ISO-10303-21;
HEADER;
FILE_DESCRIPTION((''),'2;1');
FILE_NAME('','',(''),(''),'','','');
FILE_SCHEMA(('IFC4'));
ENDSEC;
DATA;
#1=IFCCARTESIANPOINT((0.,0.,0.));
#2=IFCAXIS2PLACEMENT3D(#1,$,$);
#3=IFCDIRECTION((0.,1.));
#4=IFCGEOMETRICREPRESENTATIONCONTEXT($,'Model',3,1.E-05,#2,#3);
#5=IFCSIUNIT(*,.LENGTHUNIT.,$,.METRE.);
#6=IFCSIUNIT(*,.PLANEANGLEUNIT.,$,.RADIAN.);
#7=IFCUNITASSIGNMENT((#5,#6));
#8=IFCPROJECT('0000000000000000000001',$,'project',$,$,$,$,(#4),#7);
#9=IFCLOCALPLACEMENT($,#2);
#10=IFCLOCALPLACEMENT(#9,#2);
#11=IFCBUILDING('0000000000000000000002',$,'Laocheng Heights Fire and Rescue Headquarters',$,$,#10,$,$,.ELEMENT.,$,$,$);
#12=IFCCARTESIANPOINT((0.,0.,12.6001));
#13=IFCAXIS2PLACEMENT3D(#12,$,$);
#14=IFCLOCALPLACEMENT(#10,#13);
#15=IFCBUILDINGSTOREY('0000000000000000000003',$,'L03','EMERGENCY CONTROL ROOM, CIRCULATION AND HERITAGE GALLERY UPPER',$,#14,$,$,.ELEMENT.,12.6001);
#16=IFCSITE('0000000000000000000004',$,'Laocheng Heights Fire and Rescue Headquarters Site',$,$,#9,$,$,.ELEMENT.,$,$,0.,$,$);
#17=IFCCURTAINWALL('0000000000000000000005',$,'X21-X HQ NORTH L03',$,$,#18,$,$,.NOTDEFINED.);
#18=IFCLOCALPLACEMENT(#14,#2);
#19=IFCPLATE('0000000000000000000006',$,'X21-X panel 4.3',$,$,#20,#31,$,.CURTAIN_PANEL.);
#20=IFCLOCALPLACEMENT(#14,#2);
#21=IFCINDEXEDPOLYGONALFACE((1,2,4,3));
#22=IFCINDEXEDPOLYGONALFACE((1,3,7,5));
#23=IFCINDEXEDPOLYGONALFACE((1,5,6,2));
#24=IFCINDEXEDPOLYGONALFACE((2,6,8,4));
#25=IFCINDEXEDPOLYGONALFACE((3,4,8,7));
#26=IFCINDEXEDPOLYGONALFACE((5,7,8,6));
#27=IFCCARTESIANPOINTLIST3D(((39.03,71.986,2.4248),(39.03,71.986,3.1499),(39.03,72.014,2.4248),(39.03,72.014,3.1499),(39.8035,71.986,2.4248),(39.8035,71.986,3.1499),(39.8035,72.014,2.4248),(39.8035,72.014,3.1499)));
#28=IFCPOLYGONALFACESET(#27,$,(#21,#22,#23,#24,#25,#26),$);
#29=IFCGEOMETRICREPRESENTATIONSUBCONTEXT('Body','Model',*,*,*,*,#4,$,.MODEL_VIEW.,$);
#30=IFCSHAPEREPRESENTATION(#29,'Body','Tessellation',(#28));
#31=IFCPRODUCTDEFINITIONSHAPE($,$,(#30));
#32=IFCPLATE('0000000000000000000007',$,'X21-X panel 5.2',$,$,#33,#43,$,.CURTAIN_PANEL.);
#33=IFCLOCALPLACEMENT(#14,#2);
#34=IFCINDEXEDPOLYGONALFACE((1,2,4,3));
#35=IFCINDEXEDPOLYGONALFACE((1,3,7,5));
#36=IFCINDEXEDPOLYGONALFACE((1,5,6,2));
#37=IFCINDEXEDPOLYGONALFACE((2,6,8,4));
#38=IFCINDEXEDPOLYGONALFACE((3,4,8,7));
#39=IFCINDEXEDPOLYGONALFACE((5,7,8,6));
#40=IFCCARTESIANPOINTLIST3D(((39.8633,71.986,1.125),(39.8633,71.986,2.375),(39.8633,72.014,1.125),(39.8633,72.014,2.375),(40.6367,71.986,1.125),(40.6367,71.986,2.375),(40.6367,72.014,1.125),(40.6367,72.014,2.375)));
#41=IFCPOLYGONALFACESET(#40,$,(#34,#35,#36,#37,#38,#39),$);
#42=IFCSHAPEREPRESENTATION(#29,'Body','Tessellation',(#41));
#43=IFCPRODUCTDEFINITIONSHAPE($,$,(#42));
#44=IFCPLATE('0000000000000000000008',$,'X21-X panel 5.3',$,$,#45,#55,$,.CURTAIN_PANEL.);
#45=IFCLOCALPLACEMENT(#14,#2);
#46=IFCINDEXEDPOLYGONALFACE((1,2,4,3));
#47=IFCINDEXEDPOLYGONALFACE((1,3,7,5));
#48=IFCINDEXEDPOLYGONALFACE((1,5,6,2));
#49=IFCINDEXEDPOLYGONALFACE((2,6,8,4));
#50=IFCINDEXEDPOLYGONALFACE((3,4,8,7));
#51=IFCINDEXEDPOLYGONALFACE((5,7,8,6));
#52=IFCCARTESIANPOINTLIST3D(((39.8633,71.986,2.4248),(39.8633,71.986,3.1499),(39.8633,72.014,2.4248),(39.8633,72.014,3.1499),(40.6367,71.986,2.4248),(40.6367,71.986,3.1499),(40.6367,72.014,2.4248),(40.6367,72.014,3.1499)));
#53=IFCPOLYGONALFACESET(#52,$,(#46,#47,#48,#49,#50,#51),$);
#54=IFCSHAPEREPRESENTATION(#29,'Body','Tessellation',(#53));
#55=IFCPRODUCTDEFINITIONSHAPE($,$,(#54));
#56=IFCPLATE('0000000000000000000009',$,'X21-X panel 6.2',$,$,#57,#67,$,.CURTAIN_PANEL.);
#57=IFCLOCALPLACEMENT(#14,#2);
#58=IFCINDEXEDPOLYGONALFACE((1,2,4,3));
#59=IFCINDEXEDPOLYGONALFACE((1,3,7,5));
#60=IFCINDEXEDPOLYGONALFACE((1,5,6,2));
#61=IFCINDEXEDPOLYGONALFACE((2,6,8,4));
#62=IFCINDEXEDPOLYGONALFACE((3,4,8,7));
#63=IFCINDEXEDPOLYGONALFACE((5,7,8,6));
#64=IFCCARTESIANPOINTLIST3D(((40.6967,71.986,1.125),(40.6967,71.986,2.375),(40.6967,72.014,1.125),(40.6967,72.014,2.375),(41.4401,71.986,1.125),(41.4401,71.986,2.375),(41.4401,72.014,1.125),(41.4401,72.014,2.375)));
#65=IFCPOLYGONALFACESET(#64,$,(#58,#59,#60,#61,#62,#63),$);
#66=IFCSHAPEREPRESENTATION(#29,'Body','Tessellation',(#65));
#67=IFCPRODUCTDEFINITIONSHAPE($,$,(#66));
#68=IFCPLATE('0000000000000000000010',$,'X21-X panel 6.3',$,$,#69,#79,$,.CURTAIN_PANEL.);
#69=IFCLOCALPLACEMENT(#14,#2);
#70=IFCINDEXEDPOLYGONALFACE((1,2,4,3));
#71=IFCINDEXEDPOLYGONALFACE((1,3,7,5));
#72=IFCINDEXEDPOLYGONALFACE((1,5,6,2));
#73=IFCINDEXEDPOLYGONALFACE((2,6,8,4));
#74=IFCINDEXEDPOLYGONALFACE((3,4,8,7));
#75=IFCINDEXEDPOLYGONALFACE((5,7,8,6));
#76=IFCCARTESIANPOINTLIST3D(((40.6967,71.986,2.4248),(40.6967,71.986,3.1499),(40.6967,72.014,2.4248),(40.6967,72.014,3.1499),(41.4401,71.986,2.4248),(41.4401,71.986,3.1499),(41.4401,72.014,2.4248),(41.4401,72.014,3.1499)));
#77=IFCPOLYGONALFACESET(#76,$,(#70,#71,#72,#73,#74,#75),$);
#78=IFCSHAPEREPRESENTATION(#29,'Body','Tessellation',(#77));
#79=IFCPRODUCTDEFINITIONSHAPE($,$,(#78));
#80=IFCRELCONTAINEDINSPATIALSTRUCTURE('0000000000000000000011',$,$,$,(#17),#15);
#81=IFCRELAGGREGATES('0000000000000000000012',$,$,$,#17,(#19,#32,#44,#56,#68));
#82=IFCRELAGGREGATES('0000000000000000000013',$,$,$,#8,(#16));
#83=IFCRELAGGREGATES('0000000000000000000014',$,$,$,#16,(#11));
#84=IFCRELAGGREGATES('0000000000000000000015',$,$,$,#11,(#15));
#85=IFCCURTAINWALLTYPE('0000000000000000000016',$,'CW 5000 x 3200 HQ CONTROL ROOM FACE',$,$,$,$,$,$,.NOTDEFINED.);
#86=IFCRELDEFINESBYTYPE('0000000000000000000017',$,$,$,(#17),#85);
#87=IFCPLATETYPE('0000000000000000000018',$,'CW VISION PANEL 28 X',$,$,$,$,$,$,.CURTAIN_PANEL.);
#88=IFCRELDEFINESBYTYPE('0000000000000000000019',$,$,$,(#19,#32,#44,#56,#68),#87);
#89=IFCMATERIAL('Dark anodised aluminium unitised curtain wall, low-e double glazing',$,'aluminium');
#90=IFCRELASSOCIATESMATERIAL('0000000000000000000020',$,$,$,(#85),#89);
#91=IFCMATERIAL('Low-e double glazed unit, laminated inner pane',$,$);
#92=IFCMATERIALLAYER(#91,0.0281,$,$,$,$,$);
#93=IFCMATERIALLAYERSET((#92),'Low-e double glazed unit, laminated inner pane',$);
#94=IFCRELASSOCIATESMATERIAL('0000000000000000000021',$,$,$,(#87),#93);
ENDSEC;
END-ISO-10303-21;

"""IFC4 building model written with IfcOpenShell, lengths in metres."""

from ifc_helpers import new_model, si_unit, direction, frame, origin, origin_2d, place, context, subcontext, project, spatial, rectangle, extrude, material, layer, layer_set, type_object, element, aggregate, save


model = new_model("IFC4")

# Units and contexts
model_context = context("Model", 3, precision=1e-05, world=origin(), true_north=direction((0.0, 1.0)))
body_context = subcontext(model_context, "Body", "Model", "MODEL_VIEW")
ifc_project = project(units=[si_unit("LENGTHUNIT", "METRE"), si_unit("PLANEANGLEUNIT", "RADIAN")], contexts=[model_context])

# Site, building, storey
site_placement = place(None, origin())
site = spatial("IfcSite", under=ifc_project, at=site_placement, Name="Laocheng Heights Fire and Rescue Headquarters Site", CompositionType="ELEMENT", RefElevation=0.0)
building_placement = place(site_placement, origin())
building = spatial("IfcBuilding", under=site, at=building_placement, Name="Laocheng Heights Fire and Rescue Headquarters", CompositionType="ELEMENT")
storey_placement = place(building_placement, frame((0.0, 0.0, 12.6001)))
storey = spatial("IfcBuildingStorey", under=building, at=storey_placement, Name="L03", Description="EMERGENCY CONTROL ROOM, CIRCULATION AND HERITAGE GALLERY UPPER", CompositionType="ELEMENT", Elevation=12.6001)

# Curtain wall
ifc_material_1 = material(Name="Dark anodised aluminium unitised curtain wall, low-e double glazing", Category="aluminium")
curtain_wall_type = type_object("IfcCurtainWallType", Name="CW 5000 x 3200 HQ CONTROL ROOM FACE", PredefinedType="NOTDEFINED", material=ifc_material_1)
curtain_wall_1_placement = place(storey_placement, origin())
curtain_wall_1 = element("IfcCurtainWall", 1, at=curtain_wall_1_placement, inside=storey, type_object=curtain_wall_type, Name="X21-X HQ NORTH L03", PredefinedType="NOTDEFINED")

# Plates
ifc_material_2 = material(Name="Low-e double glazed unit, laminated inner pane")
ifc_layer_1 = layer(ifc_material_2, 0.0281)
ifc_layer_set_1 = layer_set([ifc_layer_1], Name="Low-e double glazed unit, laminated inner pane")
plate_type_1 = type_object("IfcPlateType", Name="CW VISION PANEL 28 X", PredefinedType="CURTAIN_PANEL", material=ifc_layer_set_1)
plate_1_placement = place(storey_placement, frame((39.4167, 72.0, 2.4248), z_axis=(0.0, 0.0, 1.0), x_axis=(1.0, 0.0, 0.0)))
plate_1 = element("IfcPlate", 2, at=plate_1_placement, type_object=plate_type_1, Name="X21-X panel 4.3", PredefinedType="CURTAIN_PANEL", context=body_context, shape_type="SweptSolid", body=[
    extrude(rectangle(XDim=0.7734, YDim=0.0281, at=origin_2d()), origin(), (0.0, 0.0, 1.0), 0.7251),
])
plate_2_placement = place(storey_placement, frame((40.25, 72.0, 1.125), z_axis=(0.0, 0.0, 1.0), x_axis=(1.0, 0.0, 0.0)))
plate_2 = element("IfcPlate", 3, at=plate_2_placement, type_object=plate_type_1, Name="X21-X panel 5.2", PredefinedType="CURTAIN_PANEL", context=body_context, shape_type="SweptSolid", body=[
    extrude(rectangle(XDim=0.7734, YDim=0.0281, at=origin_2d()), origin(), (0.0, 0.0, 1.0), 1.25),
])
plate_3_placement = place(storey_placement, frame((40.25, 72.0, 2.4248), z_axis=(0.0, 0.0, 1.0), x_axis=(1.0, 0.0, 0.0)))
plate_3 = element("IfcPlate", 4, at=plate_3_placement, type_object=plate_type_1, Name="X21-X panel 5.3", PredefinedType="CURTAIN_PANEL", context=body_context, shape_type="SweptSolid", body=[
    extrude(rectangle(XDim=0.7734, YDim=0.0281, at=origin_2d()), origin(), (0.0, 0.0, 1.0), 0.7251),
])
plate_4_placement = place(storey_placement, frame((41.0684, 72.0, 1.125), z_axis=(0.0, 0.0, 1.0), x_axis=(1.0, 0.0, 0.0)))
plate_4 = element("IfcPlate", 5, at=plate_4_placement, type_object=plate_type_1, Name="X21-X panel 6.2", PredefinedType="CURTAIN_PANEL", context=body_context, shape_type="SweptSolid", body=[
    extrude(rectangle(XDim=0.7434, YDim=0.0281, at=origin_2d()), origin(), (0.0, 0.0, 1.0), 1.25),
])
plate_5_placement = place(storey_placement, frame((41.0684, 72.0, 2.4248), z_axis=(0.0, 0.0, 1.0), x_axis=(1.0, 0.0, 0.0)))
plate_5 = element("IfcPlate", 6, at=plate_5_placement, type_object=plate_type_1, Name="X21-X panel 6.3", PredefinedType="CURTAIN_PANEL", context=body_context, shape_type="SweptSolid", body=[
    extrude(rectangle(XDim=0.7434, YDim=0.0281, at=origin_2d()), origin(), (0.0, 0.0, 1.0), 0.7251),
])
aggregate(curtain_wall_1, [plate_1, plate_2, plate_3, plate_4, plate_5])

save(model, "model.ifc")
